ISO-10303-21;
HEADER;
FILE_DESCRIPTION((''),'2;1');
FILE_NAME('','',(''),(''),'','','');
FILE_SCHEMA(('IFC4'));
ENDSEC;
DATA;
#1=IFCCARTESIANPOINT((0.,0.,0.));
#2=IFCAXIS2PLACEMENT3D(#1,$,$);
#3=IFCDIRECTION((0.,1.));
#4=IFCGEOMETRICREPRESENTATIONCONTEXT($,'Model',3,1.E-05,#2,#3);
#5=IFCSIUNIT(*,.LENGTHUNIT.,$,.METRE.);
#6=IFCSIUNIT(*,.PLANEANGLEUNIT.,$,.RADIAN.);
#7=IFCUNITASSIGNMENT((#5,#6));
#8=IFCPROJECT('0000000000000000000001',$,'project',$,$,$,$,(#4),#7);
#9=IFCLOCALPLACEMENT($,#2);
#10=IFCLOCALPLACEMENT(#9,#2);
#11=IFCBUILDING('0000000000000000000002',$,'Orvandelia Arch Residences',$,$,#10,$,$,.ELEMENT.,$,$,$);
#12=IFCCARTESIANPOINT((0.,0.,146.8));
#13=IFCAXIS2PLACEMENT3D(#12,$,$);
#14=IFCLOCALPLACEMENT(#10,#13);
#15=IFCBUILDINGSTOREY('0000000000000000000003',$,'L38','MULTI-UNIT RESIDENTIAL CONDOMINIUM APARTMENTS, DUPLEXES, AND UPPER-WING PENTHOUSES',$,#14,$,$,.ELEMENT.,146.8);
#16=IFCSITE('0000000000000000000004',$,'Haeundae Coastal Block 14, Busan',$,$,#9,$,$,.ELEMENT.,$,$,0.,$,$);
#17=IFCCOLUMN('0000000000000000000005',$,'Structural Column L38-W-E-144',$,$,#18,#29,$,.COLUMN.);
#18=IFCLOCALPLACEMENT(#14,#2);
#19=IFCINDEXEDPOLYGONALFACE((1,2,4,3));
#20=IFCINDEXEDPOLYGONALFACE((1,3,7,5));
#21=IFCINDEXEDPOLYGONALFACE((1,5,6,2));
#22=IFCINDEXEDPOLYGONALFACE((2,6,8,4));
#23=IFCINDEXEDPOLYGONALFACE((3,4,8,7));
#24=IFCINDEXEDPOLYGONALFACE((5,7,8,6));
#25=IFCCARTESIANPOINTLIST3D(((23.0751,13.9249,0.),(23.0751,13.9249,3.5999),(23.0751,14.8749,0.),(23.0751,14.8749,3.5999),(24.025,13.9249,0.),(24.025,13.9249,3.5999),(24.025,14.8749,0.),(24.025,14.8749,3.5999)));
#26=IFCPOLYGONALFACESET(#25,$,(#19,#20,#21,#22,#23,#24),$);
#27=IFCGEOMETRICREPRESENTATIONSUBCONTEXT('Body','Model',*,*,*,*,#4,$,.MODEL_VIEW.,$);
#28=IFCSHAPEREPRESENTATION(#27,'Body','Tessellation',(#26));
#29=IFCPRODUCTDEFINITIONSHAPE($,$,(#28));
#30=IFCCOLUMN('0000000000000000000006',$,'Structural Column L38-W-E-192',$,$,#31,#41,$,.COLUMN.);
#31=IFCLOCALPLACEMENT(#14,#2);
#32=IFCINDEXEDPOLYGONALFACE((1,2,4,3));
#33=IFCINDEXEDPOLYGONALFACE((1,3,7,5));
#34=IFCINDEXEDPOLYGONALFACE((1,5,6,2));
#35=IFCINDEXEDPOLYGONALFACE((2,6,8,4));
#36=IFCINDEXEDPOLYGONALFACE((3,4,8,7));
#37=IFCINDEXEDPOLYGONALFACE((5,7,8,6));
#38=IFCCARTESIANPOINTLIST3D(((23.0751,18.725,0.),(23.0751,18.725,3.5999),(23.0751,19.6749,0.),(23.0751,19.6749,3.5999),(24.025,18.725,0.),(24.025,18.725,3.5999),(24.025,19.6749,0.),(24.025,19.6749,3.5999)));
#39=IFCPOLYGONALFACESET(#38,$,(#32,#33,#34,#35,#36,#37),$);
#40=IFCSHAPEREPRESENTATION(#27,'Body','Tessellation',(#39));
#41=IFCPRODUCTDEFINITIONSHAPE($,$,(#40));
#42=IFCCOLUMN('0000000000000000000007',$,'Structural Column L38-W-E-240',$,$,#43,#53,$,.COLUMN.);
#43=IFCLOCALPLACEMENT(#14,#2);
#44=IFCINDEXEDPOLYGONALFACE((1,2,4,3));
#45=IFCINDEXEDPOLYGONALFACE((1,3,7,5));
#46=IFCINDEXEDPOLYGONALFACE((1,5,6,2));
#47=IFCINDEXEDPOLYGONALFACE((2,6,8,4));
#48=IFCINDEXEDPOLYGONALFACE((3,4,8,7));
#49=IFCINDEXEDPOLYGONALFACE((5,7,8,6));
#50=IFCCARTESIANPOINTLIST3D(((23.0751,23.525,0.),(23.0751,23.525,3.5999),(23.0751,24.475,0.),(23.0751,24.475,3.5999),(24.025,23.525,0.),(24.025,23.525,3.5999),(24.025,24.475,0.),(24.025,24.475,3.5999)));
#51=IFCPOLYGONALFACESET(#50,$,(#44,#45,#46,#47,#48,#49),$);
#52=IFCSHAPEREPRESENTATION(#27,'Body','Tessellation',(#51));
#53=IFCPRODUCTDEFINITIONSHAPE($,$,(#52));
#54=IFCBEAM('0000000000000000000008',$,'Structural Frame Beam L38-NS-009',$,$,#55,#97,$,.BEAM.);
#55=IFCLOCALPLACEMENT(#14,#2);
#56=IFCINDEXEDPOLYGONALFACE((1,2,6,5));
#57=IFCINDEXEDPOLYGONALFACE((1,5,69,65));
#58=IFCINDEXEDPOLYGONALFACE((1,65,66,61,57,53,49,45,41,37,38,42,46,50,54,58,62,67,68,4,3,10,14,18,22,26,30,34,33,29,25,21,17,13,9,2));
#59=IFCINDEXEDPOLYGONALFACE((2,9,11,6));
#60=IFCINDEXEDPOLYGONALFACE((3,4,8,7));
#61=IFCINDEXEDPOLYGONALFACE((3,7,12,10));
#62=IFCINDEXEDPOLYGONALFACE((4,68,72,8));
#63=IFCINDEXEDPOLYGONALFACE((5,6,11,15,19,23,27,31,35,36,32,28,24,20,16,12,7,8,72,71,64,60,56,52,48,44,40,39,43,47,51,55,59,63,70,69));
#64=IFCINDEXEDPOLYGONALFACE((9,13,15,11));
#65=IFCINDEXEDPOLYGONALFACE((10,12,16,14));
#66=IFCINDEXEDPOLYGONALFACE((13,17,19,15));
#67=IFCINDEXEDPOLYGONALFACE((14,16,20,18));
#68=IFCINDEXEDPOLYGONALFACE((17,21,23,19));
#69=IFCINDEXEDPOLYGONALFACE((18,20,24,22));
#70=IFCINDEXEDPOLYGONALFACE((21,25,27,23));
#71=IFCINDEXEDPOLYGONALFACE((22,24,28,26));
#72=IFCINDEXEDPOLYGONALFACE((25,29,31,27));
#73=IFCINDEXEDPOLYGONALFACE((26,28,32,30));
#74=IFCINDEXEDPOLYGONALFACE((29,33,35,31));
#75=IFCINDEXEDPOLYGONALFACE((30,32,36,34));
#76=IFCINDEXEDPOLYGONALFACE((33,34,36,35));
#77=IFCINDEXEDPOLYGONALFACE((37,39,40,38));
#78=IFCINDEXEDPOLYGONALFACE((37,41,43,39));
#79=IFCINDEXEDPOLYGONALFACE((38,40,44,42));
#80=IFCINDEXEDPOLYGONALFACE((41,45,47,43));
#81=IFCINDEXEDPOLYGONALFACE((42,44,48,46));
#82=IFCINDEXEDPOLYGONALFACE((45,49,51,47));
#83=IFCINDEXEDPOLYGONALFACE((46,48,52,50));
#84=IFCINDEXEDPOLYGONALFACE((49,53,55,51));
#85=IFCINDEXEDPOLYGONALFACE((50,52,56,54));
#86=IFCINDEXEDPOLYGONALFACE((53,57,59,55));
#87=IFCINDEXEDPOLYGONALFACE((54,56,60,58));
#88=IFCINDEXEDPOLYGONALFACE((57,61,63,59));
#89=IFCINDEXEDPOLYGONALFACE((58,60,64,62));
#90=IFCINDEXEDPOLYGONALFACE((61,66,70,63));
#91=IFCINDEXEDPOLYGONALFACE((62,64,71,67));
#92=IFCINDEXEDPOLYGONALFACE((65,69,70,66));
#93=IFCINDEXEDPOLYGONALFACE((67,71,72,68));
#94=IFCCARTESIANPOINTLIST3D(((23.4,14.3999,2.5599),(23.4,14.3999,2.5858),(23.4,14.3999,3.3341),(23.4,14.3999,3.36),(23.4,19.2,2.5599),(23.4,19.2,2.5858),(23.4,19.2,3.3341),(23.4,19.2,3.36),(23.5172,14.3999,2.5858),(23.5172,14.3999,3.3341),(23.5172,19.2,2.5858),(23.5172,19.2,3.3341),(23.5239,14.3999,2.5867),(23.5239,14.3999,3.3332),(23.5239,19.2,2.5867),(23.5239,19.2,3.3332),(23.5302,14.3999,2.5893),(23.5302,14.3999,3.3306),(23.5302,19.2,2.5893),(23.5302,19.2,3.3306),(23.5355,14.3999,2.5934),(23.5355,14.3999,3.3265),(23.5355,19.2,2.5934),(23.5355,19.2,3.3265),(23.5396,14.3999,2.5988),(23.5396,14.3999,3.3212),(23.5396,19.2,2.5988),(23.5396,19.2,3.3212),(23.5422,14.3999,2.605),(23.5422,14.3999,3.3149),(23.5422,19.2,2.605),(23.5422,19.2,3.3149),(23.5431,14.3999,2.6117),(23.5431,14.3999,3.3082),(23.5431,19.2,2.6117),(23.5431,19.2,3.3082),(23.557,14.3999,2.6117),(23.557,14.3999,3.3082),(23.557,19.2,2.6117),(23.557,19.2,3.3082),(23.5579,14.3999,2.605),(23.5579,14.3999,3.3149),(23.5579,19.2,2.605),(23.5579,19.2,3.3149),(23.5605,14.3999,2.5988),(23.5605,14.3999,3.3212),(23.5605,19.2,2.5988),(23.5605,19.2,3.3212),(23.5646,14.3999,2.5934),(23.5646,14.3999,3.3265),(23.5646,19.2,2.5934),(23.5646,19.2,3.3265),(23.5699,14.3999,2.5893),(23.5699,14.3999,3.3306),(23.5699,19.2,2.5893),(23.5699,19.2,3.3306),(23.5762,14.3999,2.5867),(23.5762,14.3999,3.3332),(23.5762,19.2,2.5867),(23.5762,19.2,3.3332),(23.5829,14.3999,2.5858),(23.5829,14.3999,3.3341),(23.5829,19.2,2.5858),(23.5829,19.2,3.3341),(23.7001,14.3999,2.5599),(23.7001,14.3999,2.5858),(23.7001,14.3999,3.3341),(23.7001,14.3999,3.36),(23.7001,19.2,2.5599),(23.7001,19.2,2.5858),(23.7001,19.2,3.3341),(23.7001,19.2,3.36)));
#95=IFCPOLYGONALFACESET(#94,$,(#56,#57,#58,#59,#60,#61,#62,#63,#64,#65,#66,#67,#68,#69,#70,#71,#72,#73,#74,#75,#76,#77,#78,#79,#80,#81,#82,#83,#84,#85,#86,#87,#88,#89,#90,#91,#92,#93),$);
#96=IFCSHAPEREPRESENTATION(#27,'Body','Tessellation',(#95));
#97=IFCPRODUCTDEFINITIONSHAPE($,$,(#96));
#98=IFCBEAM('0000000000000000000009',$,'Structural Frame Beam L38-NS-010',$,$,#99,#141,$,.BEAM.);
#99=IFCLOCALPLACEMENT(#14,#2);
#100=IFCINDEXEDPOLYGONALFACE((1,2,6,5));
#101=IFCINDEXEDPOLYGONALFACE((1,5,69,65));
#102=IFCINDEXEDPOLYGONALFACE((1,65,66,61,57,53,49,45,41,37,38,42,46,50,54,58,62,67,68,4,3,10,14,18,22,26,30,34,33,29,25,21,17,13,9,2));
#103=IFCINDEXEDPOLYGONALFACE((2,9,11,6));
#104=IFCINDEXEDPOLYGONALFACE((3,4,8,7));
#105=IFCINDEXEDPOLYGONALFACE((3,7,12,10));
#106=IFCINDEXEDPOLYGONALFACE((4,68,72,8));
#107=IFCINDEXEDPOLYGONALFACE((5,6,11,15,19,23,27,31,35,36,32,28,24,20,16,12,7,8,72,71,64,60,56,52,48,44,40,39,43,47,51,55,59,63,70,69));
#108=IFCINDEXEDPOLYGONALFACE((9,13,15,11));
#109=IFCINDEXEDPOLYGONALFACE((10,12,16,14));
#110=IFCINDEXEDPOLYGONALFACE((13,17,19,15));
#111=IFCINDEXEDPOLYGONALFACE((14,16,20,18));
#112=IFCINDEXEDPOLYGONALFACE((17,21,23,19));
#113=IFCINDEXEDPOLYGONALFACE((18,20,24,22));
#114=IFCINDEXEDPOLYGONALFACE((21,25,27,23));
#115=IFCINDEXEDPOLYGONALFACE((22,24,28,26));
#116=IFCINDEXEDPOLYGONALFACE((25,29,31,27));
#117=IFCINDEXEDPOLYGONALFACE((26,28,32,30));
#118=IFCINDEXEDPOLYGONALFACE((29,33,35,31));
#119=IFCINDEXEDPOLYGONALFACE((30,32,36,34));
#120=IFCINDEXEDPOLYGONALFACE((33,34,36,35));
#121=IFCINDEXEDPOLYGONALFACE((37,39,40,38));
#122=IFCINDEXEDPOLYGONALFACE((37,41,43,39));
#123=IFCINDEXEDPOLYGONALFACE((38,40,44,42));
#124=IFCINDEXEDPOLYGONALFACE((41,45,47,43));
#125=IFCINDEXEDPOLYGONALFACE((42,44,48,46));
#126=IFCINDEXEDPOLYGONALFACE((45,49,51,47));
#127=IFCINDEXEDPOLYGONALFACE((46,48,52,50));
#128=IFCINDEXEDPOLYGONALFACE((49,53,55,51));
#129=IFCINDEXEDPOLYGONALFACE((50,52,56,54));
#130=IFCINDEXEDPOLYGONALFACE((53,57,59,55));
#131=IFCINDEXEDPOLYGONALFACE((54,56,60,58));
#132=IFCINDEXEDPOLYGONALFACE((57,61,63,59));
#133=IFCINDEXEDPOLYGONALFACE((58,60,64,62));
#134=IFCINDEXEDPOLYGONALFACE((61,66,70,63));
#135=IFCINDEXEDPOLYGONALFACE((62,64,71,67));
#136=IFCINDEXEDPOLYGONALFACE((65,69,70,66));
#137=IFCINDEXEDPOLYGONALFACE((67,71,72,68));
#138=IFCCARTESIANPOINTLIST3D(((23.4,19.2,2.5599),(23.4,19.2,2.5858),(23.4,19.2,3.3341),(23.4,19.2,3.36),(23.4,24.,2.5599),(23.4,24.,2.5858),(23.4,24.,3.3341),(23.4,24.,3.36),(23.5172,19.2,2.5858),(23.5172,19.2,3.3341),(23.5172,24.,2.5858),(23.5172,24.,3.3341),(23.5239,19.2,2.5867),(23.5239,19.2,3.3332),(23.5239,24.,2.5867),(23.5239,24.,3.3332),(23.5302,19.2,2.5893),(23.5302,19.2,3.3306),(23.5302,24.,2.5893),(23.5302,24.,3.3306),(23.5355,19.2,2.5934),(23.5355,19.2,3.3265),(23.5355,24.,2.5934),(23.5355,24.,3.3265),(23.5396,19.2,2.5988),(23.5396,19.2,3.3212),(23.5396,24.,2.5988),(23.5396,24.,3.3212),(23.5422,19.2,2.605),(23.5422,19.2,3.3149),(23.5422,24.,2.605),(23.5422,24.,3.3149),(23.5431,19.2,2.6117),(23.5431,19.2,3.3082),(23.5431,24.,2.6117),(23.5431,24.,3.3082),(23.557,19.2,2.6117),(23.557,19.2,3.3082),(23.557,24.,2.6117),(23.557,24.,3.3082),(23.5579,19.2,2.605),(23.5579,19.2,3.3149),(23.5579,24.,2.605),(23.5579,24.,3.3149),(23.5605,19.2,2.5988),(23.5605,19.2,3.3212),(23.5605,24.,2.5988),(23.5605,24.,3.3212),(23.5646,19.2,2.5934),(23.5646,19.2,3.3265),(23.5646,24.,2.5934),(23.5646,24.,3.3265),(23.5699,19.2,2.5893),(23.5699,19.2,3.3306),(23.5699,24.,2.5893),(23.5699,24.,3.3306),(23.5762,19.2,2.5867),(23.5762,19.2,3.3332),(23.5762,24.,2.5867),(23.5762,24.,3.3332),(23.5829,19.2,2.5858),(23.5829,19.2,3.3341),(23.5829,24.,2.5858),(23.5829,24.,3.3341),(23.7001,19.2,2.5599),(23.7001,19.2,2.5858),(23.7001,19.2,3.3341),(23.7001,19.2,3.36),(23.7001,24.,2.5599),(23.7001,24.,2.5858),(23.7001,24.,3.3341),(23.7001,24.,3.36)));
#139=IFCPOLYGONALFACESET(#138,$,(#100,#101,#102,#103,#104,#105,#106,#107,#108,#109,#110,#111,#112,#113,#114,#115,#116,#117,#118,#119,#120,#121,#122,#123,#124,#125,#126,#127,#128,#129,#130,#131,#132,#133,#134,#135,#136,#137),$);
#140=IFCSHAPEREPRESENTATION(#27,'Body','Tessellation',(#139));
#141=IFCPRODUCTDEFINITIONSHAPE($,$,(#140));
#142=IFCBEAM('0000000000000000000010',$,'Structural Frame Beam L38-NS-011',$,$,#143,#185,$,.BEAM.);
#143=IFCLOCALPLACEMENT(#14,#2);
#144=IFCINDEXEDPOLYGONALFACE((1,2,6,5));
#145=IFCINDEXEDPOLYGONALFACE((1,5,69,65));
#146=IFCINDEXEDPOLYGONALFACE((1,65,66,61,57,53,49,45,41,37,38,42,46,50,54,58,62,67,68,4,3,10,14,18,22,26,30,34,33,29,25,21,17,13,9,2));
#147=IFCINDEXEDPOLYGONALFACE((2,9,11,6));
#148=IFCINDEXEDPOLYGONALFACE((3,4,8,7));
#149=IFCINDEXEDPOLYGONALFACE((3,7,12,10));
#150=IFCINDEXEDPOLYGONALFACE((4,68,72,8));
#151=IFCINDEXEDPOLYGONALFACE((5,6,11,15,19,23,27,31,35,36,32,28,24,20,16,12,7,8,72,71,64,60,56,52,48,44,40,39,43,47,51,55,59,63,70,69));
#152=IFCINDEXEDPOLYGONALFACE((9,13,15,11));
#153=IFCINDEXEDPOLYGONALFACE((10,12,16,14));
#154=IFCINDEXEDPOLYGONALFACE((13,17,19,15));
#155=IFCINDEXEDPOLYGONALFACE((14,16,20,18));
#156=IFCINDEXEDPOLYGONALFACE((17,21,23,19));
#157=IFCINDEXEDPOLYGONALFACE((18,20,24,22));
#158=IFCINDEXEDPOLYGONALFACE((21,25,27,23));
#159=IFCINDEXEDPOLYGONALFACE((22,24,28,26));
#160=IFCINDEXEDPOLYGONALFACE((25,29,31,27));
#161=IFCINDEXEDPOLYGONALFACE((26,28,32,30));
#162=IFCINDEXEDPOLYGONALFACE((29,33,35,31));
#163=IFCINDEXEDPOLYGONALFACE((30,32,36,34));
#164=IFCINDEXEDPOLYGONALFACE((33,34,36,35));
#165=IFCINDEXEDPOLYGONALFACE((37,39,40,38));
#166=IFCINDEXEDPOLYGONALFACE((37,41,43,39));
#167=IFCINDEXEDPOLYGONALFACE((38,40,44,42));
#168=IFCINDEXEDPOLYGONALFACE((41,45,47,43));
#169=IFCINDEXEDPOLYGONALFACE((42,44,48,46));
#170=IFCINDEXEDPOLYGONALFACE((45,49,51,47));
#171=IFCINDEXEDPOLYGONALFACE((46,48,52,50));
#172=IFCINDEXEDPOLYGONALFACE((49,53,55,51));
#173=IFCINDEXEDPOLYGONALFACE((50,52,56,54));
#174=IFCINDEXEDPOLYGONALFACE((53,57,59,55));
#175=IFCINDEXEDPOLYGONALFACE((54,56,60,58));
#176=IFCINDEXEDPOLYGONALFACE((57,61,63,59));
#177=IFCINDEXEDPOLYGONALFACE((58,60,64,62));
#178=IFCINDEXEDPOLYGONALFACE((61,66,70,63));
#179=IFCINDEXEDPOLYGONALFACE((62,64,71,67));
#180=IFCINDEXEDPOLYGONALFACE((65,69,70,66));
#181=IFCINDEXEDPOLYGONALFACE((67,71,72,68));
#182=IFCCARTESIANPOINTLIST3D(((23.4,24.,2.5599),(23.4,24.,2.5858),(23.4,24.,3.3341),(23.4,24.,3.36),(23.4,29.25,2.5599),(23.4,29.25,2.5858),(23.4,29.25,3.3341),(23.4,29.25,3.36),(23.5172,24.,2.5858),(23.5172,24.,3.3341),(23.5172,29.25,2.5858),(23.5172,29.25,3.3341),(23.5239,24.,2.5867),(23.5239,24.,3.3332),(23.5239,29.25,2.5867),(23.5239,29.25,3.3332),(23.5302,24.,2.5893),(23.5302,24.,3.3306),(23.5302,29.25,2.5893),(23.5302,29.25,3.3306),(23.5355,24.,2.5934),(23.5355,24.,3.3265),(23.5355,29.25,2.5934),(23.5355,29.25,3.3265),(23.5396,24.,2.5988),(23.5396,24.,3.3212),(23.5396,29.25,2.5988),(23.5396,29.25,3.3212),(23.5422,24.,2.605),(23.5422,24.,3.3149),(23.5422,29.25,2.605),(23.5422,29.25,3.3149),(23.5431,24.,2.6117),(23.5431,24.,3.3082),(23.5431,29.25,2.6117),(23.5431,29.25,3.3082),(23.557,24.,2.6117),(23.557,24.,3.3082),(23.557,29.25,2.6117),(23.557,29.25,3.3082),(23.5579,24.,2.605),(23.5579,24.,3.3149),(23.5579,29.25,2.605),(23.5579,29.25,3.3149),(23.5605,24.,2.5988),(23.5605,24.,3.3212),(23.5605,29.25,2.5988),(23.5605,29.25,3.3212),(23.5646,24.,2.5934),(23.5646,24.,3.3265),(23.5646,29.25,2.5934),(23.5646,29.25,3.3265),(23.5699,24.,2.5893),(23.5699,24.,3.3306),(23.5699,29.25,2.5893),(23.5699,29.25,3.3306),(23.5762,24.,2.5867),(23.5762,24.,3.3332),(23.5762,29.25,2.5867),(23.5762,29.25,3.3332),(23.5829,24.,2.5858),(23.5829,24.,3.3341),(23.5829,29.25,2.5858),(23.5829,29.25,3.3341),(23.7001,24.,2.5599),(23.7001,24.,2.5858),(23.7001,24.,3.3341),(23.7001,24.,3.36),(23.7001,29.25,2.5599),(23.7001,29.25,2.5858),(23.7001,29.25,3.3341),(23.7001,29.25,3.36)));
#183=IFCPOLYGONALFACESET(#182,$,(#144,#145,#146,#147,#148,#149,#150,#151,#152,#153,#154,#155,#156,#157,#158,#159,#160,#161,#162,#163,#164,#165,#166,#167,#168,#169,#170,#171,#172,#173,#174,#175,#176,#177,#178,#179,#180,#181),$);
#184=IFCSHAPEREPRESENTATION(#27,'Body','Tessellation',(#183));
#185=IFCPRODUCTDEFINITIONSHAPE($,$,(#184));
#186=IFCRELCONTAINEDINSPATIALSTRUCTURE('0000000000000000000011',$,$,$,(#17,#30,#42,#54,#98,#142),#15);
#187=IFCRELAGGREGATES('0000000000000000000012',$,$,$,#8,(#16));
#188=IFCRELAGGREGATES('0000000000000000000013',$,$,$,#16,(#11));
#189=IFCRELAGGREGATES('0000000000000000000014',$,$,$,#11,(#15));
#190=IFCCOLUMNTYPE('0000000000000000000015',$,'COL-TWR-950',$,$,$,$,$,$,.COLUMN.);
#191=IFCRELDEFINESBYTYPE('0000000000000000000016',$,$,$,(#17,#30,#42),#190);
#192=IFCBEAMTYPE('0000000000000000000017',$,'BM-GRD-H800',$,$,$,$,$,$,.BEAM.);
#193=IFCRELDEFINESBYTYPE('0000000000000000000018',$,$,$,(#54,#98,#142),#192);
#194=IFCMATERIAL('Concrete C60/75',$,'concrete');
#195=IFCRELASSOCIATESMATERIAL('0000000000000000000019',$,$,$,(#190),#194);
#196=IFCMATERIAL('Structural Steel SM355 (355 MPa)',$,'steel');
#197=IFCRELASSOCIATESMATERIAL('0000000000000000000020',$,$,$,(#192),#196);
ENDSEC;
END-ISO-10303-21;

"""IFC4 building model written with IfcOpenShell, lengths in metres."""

from ifc_helpers import new_model, si_unit, direction, frame, origin, origin_2d, place, context, subcontext, project, spatial, rectangle, i_section, extrude, material, material_profile, profile_set, type_object, element, save


model = new_model("IFC4")

# Units and contexts
model_context = context("Model", 3, precision=1e-05, world=origin(), true_north=direction((0.0, 1.0)))
body_context = subcontext(model_context, "Body", "Model", "MODEL_VIEW")
ifc_project = project(units=[si_unit("LENGTHUNIT", "METRE"), si_unit("PLANEANGLEUNIT", "RADIAN")], contexts=[model_context])

# Site, building, storey
site_placement = place(None, origin())
site = spatial("IfcSite", under=ifc_project, at=site_placement, Name="Haeundae Coastal Block 14, Busan", CompositionType="ELEMENT", RefElevation=0.0)
building_placement = place(site_placement, origin())
building = spatial("IfcBuilding", under=site, at=building_placement, Name="Orvandelia Arch Residences", CompositionType="ELEMENT")
storey_placement = place(building_placement, frame((0.0, 0.0, 146.8)))
storey = spatial("IfcBuildingStorey", under=building, at=storey_placement, Name="L38", Description="MULTI-UNIT RESIDENTIAL CONDOMINIUM APARTMENTS, DUPLEXES, AND UPPER-WING PENTHOUSES", CompositionType="ELEMENT", Elevation=146.8)

# Columns
ifc_material_1 = material(Name="Concrete C60/75", Category="concrete")
ifc_material_profile_1 = material_profile(ifc_material_1, rectangle(XDim=0.95, YDim=0.95, at=origin_2d()), Name="Concrete C60/75", Category="concrete")
ifc_profile_set_1 = profile_set([ifc_material_profile_1], Name="Concrete C60/75")
column_type = type_object("IfcColumnType", Name="COL-TWR-950", PredefinedType="COLUMN", material=ifc_profile_set_1)
for number, where, z_axis, x_axis, name in (
    (1, (23.55, 14.3999, 0.0), (0.0, 0.0, 1.0), (1.0, 0.0, 0.0), "Structural Column L38-W-E-144"),
    (2, (23.55, 19.2, 0.0), (0.0, 0.0, 1.0), (1.0, 0.0, 0.0), "Structural Column L38-W-E-192"),
    (3, (23.55, 24.0, 0.0), (0.0, 0.0, 1.0), (1.0, 0.0, 0.0), "Structural Column L38-W-E-240"),
):
    element("IfcColumn", number, at=place(storey_placement, frame(where, z_axis=z_axis, x_axis=x_axis)), inside=storey, type_object=column_type, Name=name, PredefinedType="COLUMN", context=body_context, shape_type="SweptSolid", body=[
        extrude(rectangle(XDim=0.95, YDim=0.95, at=origin_2d()), origin(), (0.0, 0.0, 1.0), 3.5999),
    ])

# Beams
ifc_material_2 = material(Name="Structural Steel SM355 (355 MPa)", Category="steel")
ifc_material_profile_2 = material_profile(ifc_material_2, i_section(OverallWidth=0.3, OverallDepth=0.8, WebThickness=0.0139, FlangeThickness=0.0259, FilletRadius=0.0259, at=origin_2d()), Name="Structural Steel SM355 (355 MPa)", Category="steel")
ifc_profile_set_2 = profile_set([ifc_material_profile_2], Name="Structural Steel SM355 (355 MPa)")
beam_type = type_object("IfcBeamType", Name="BM-GRD-H800", PredefinedType="BEAM", material=ifc_profile_set_2)
for number, where, z_axis, x_axis, name in (
    (4, (23.55, 14.3999, 2.96), (0.0, 1.0, 0.0), (-1.0, 0.0, 0.0), "Structural Frame Beam L38-NS-009"),
    (5, (23.55, 19.2, 2.96), (0.0, 1.0, 0.0), (-1.0, 0.0, 0.0), "Structural Frame Beam L38-NS-010"),
):
    element("IfcBeam", number, at=place(storey_placement, frame(where, z_axis=z_axis, x_axis=x_axis)), inside=storey, type_object=beam_type, Name=name, PredefinedType="BEAM", context=body_context, shape_type="SweptSolid", body=[
        extrude(i_section(OverallWidth=0.3, OverallDepth=0.8, WebThickness=0.0139, FlangeThickness=0.0259, FilletRadius=0.0259, at=origin_2d()), origin(), (0.0, 0.0, 1.0), 4.8),
    ])
beam_placement = place(storey_placement, frame((23.55, 24.0, 2.96), z_axis=(0.0, 1.0, 0.0), x_axis=(-1.0, 0.0, 0.0)))
element("IfcBeam", 6, at=beam_placement, inside=storey, type_object=beam_type, Name="Structural Frame Beam L38-NS-011", PredefinedType="BEAM", context=body_context, shape_type="SweptSolid", body=[
    extrude(i_section(OverallWidth=0.3, OverallDepth=0.8, WebThickness=0.0139, FlangeThickness=0.0259, FilletRadius=0.0259, at=origin_2d()), origin(), (0.0, 0.0, 1.0), 5.25),
])

save(model, "model.ifc")
